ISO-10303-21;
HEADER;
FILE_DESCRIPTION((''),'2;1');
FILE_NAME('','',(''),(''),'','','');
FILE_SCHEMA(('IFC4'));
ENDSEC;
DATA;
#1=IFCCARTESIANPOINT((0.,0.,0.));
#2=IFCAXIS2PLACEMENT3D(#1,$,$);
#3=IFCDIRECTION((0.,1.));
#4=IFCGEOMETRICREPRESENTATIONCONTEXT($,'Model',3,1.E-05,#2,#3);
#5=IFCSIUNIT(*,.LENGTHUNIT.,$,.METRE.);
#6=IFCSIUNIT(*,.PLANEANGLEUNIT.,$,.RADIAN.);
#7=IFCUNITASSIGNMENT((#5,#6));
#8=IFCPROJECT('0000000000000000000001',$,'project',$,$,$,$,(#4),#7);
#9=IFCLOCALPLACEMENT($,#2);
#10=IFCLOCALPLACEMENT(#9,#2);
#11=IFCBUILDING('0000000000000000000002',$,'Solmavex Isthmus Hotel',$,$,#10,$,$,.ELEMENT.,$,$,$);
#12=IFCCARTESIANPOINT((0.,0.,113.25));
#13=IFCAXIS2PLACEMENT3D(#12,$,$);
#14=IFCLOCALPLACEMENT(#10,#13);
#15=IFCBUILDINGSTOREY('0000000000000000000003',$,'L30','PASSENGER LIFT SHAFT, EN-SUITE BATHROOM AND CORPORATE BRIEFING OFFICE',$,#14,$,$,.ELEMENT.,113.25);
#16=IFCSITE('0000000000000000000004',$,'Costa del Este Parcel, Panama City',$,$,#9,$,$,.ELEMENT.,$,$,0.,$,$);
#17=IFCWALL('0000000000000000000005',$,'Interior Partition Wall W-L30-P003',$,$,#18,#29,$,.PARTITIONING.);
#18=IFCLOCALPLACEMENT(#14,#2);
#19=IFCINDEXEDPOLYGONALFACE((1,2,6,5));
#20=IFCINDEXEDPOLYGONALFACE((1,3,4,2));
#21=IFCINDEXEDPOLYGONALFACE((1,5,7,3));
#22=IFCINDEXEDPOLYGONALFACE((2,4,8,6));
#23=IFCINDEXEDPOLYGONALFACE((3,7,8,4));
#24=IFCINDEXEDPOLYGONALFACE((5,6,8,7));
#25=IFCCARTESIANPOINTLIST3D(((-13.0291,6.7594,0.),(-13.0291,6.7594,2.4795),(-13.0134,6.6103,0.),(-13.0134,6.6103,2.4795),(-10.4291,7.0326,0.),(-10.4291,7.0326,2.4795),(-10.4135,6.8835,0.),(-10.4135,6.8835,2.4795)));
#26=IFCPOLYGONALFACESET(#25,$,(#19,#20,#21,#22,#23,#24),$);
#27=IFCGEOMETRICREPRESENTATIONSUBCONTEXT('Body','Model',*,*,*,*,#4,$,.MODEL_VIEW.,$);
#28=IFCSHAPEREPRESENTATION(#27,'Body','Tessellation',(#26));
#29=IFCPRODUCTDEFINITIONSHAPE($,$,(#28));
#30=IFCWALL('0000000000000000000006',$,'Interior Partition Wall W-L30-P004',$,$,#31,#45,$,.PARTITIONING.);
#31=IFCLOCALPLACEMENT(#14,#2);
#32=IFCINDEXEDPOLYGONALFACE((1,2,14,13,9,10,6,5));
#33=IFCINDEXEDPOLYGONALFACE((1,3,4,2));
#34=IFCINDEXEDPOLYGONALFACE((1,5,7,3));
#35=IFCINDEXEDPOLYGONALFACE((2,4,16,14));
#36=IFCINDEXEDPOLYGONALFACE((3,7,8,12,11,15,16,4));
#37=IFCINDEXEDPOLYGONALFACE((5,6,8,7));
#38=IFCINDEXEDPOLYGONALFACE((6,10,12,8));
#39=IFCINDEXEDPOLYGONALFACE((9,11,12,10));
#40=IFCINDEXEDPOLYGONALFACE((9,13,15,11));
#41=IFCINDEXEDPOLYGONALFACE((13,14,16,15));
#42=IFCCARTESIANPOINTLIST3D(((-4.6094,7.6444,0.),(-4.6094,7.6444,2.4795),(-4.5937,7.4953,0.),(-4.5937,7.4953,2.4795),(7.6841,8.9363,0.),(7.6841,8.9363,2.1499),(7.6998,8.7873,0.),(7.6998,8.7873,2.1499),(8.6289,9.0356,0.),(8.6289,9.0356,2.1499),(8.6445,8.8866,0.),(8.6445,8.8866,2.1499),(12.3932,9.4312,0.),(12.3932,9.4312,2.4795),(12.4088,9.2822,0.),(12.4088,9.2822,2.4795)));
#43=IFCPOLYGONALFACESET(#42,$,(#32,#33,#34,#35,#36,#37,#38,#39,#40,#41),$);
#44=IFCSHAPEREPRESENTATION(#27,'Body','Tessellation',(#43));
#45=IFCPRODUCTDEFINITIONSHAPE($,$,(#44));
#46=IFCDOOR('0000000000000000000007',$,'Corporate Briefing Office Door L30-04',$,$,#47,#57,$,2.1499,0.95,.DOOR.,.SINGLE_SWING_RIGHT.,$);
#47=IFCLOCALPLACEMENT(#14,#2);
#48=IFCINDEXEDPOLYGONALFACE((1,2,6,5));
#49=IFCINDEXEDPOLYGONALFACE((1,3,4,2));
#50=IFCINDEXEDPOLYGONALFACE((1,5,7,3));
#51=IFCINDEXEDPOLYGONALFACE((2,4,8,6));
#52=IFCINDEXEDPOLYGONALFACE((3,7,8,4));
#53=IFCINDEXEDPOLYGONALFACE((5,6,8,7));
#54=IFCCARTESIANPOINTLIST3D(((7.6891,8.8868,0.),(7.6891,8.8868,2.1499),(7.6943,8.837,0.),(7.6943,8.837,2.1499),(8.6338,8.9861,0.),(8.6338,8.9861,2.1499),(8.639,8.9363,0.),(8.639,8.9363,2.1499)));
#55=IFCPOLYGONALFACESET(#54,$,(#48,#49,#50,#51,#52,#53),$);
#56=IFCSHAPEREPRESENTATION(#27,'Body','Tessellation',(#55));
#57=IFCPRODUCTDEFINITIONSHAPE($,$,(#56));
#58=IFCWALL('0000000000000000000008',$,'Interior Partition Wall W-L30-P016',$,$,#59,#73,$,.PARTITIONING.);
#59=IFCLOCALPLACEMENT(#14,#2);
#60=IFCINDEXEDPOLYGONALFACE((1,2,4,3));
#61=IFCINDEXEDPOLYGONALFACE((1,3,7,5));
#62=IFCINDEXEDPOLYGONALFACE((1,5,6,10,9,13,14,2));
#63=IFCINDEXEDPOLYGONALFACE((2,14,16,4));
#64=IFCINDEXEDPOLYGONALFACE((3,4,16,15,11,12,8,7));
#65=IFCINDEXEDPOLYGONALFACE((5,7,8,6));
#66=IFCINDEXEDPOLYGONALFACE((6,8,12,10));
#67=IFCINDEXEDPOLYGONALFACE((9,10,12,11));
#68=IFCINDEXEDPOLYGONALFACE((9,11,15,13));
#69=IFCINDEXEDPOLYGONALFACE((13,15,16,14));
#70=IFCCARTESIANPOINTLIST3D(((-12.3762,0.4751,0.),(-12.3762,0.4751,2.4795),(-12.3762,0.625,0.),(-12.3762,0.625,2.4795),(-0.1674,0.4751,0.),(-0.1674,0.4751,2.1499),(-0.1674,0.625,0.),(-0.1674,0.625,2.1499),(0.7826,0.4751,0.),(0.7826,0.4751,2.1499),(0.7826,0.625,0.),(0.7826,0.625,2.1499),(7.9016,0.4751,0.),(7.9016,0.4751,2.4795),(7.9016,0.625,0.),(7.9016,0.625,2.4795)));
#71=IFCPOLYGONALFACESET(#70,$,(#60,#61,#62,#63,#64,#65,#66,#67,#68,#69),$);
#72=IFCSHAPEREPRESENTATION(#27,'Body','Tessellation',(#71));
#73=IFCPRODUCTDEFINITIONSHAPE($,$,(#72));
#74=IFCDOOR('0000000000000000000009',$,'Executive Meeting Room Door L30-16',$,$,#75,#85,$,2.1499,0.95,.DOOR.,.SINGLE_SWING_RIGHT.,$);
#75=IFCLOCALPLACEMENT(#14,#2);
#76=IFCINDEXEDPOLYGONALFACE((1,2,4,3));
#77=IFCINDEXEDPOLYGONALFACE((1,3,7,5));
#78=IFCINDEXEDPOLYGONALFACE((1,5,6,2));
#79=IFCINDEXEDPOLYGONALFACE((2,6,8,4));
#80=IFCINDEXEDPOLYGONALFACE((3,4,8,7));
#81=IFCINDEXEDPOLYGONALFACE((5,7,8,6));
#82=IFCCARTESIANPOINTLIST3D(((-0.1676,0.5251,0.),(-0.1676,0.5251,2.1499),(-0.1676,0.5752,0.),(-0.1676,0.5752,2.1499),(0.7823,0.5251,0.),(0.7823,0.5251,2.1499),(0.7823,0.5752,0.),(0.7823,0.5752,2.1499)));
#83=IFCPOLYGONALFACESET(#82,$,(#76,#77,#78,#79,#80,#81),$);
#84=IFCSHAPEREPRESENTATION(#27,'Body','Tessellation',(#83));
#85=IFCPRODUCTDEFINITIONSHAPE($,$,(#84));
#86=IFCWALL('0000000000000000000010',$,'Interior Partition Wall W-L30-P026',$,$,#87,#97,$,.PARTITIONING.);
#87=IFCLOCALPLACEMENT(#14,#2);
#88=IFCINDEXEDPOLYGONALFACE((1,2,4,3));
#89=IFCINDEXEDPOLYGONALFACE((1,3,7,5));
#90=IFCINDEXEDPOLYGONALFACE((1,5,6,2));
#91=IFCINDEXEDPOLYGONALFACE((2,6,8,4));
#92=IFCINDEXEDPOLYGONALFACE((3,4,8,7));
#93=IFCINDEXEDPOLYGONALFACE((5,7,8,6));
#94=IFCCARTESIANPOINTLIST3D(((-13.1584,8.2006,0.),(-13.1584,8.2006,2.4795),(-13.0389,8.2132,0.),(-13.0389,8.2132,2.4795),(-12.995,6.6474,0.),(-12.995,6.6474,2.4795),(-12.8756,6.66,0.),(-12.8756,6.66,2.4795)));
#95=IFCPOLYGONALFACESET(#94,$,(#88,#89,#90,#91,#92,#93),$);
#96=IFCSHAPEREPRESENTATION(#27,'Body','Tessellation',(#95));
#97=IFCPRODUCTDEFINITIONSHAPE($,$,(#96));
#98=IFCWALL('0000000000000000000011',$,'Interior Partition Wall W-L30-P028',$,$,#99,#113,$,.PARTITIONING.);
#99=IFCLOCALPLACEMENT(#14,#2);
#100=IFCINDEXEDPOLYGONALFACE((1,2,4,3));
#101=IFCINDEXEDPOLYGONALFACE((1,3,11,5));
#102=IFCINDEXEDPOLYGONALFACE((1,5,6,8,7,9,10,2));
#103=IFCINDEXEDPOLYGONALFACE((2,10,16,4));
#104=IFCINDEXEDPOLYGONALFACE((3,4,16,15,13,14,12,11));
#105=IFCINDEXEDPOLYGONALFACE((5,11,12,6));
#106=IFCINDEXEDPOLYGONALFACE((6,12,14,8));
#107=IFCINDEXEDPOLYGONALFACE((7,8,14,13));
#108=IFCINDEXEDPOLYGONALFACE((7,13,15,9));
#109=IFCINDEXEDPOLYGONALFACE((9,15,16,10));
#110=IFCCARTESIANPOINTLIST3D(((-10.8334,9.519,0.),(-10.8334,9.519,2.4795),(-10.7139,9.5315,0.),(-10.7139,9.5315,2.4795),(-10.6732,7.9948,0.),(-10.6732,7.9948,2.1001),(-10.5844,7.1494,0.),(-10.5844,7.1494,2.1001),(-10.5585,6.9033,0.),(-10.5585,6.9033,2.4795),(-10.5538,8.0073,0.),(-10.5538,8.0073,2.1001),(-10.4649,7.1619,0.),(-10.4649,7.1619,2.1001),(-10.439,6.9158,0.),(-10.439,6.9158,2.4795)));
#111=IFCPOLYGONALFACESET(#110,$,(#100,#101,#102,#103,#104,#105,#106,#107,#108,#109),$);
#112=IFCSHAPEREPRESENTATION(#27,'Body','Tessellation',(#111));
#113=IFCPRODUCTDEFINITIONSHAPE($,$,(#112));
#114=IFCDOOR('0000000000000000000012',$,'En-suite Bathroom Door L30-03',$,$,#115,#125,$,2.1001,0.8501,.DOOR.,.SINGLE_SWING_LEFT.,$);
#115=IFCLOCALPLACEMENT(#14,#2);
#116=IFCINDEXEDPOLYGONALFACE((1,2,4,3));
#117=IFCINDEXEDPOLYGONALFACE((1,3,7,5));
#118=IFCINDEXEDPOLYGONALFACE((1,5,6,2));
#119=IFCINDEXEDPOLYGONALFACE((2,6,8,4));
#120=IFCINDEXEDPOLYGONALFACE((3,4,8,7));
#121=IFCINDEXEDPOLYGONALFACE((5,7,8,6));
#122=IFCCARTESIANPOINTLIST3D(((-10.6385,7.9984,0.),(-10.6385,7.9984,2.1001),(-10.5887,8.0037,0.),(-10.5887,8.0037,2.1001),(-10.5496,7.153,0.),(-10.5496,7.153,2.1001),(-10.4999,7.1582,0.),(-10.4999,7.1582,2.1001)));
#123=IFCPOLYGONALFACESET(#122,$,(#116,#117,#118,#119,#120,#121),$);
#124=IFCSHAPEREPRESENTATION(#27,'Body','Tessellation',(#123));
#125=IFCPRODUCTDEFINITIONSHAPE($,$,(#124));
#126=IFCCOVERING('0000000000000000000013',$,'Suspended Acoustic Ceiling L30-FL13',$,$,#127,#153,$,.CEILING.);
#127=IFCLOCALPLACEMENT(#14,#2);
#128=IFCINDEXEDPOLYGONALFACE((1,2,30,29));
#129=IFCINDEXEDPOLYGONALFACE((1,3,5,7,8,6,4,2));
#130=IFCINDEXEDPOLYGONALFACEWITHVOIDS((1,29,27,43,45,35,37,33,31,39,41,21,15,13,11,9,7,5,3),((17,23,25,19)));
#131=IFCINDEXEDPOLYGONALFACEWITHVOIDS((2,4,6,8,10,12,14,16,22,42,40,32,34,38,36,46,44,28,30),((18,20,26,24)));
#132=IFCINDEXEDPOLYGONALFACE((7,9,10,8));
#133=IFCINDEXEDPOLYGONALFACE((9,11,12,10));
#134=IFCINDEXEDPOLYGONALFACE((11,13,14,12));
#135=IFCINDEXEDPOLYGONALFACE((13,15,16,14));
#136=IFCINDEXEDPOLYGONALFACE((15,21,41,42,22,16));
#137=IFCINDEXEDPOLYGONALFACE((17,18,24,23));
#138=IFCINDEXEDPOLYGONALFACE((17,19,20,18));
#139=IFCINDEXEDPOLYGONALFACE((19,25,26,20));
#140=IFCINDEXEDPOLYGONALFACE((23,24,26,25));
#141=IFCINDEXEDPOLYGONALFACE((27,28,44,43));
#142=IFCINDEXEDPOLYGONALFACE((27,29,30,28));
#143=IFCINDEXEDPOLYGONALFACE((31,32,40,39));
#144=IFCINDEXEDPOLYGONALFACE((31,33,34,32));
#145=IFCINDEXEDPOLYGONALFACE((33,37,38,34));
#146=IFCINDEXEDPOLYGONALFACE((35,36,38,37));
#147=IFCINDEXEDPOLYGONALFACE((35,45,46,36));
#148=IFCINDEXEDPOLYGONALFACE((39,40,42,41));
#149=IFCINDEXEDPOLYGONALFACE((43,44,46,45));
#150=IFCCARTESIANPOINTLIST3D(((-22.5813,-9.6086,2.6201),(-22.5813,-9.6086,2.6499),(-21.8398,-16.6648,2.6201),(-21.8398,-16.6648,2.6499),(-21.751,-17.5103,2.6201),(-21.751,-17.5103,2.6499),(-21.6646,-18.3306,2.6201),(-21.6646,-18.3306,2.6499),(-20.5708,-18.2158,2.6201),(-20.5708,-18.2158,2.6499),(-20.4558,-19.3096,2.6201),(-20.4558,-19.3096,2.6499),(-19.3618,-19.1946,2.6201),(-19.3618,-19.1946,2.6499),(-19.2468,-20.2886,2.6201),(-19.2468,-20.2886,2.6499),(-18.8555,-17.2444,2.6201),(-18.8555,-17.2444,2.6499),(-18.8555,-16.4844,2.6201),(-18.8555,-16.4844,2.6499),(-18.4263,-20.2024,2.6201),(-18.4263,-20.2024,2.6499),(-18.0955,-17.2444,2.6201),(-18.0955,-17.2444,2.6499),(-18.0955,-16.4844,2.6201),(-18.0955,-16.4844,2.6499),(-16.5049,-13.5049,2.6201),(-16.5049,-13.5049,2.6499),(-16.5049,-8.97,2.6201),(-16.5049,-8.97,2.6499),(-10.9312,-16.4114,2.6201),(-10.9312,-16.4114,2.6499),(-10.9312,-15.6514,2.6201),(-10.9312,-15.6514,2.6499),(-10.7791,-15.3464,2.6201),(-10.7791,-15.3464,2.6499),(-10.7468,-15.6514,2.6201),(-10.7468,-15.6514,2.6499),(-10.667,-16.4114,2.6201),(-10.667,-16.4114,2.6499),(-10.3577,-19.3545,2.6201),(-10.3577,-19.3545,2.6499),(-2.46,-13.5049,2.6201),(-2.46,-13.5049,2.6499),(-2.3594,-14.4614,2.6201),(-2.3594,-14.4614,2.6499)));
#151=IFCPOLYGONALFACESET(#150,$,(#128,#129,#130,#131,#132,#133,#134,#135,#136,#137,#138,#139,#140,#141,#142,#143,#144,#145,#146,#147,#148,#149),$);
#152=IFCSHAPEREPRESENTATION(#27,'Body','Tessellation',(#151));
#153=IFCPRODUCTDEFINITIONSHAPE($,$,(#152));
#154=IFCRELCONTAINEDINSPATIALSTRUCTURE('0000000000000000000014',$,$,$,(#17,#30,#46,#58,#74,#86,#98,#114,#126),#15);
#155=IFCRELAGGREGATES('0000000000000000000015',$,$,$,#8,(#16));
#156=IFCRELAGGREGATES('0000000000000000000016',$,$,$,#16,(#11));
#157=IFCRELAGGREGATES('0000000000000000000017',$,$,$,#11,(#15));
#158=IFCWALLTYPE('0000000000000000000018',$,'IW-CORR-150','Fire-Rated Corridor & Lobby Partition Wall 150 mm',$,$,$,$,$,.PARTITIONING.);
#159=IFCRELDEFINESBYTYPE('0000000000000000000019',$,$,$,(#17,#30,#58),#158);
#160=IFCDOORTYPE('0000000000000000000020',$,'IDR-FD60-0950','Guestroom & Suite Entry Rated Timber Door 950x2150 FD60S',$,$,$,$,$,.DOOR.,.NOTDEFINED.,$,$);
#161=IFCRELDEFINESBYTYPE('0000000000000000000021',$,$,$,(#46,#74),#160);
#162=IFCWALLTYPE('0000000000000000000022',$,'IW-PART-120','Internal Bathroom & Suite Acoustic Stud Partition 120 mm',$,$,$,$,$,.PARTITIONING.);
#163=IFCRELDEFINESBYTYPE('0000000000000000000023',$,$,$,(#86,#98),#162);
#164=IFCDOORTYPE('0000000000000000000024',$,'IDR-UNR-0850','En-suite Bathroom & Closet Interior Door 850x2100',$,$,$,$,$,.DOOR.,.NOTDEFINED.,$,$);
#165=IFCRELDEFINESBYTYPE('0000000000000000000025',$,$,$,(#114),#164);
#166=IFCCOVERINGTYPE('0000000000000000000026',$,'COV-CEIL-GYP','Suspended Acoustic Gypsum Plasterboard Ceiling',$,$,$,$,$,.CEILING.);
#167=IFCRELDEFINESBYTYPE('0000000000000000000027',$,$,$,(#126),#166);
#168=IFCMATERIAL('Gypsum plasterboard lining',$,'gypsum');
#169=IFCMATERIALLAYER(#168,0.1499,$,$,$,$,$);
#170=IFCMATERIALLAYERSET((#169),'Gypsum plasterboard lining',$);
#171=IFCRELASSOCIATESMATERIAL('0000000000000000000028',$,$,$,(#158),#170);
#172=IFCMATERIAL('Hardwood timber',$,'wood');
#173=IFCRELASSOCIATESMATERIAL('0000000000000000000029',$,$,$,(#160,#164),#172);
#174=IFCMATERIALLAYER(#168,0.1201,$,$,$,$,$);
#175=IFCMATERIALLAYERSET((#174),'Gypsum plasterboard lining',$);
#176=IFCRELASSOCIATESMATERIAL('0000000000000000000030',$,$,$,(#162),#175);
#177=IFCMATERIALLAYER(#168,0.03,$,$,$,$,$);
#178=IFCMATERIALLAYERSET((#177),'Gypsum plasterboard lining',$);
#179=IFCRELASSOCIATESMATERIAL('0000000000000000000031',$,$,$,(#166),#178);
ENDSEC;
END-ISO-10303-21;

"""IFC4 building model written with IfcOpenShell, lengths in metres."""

from ifc_helpers import new_model, si_unit, direction, frame, frame_2d, origin, place, context, subcontext, project, spatial, polyline, rectangle, outline, extrude, material, layer, layer_set, type_object, element, fill, save


model = new_model("IFC4")

# Units and contexts
model_context = context("Model", 3, precision=1e-05, world=origin(), true_north=direction((0.0, 1.0)))
body_context = subcontext(model_context, "Body", "Model", "MODEL_VIEW")
ifc_project = project(units=[si_unit("LENGTHUNIT", "METRE"), si_unit("PLANEANGLEUNIT", "RADIAN")], contexts=[model_context])

# Site, building, storey
site_placement = place(None, origin())
site = spatial("IfcSite", under=ifc_project, at=site_placement, Name="Costa del Este Parcel, Panama City", CompositionType="ELEMENT", RefElevation=0.0)
building_placement = place(site_placement, origin())
building = spatial("IfcBuilding", under=site, at=building_placement, Name="Solmavex Isthmus Hotel", CompositionType="ELEMENT")
storey_placement = place(building_placement, frame((0.0, 0.0, 113.25)))
storey = spatial("IfcBuildingStorey", under=building, at=storey_placement, Name="L30", Description="PASSENGER LIFT SHAFT, EN-SUITE BATHROOM AND CORPORATE BRIEFING OFFICE", CompositionType="ELEMENT", Elevation=113.25)

# Shared definitions
ifc_material_1 = material(Name="Gypsum plasterboard lining", Category="gypsum")

# Shared definitions
ifc_layer_1 = layer(ifc_material_1, 0.1499)
ifc_layer_set_1 = layer_set([ifc_layer_1], Name="Gypsum plasterboard lining")
wall_type_1 = type_object("IfcWallType", Name="IW-CORR-150", Description="Fire-Rated Corridor & Lobby Partition Wall 150 mm", PredefinedType="PARTITIONING", material=ifc_layer_set_1)
ifc_material_2 = material(Name="Hardwood timber", Category="wood")
door_type_1 = type_object("IfcDoorType", Name="IDR-FD60-0950", Description="Guestroom & Suite Entry Rated Timber Door 950x2150 FD60S", OperationType="NOTDEFINED", PredefinedType="DOOR", material=ifc_material_2)

# Wall
wall_1_placement = place(storey_placement, frame((-13.0212, 6.6848, 0.0), z_axis=(0.0, 0.0, 1.0), x_axis=(0.994524, 0.104505, 0.0)))
element("IfcWall", 1, at=wall_1_placement, inside=storey, type_object=wall_type_1, Name="Interior Partition Wall W-L30-P003", PredefinedType="PARTITIONING", context=body_context, shape_type="SweptSolid", body=[
    extrude(rectangle(XDim=2.6143, YDim=0.1499, at=frame_2d((1.3071, 0.0))), origin(), (0.0, 0.0, 1.0), 2.4795),
])

# Walls, openings, doors
wall_2_placement = place(storey_placement, frame((-4.6016, 7.5698, 0.0), z_axis=(0.0, 0.0, 1.0), x_axis=(0.994523, 0.104519, 0.0)))
wall_2 = element("IfcWall", 2, at=wall_2_placement, inside=storey, type_object=wall_type_1, Name="Interior Partition Wall W-L30-P004", PredefinedType="PARTITIONING", context=body_context, shape_type="SweptSolid", body=[
    extrude(rectangle(XDim=17.0962, YDim=0.1499, at=frame_2d((8.5481, 0.0))), origin(), (0.0, 0.0, 1.0), 2.4795),
])
opening_1_placement = place(wall_2_placement, frame((12.3611, 0.0, 0.0)))
opening_1 = element("IfcOpeningElement", 3, at=opening_1_placement, cuts=wall_2, PredefinedType="OPENING", context=body_context, shape_type="SweptSolid", body=[
    extrude(rectangle(XDim=0.95, YDim=2.1499, at=frame_2d((0.4751, 1.075))), frame((0.0, 0.085, 0.0), z_axis=(0.0, -1.0, 0.0), x_axis=(1.0, 0.0, 0.0)), (0.0, 0.0, 1.0), 0.1699),
])
door_1_placement = place(opening_1_placement, frame((0.95, 0.0, 0.0), z_axis=(0.0, 0.0, 1.0), x_axis=(-1.0, 0.0, 0.0)))
door_1 = element("IfcDoor", 4, at=door_1_placement, inside=storey, type_object=door_type_1, Name="Corporate Briefing Office Door L30-04", OperationType="SINGLE_SWING_RIGHT", OverallHeight=2.1499, OverallWidth=0.95, PredefinedType="DOOR", context=body_context, shape_type="SweptSolid", body=[
    extrude(rectangle(XDim=0.95, YDim=2.1499, at=frame_2d((0.4751, 1.075))), frame((0.0, 0.0249, 0.0), z_axis=(0.0, -1.0, 0.0), x_axis=(1.0, 0.0, 0.0)), (0.0, 0.0, 1.0), 0.05),
])
fill(opening_1, door_1)
wall_3_placement = place(storey_placement, frame((-12.3762, 0.55, 0.0), z_axis=(0.0, 0.0, 1.0), x_axis=(1.0, 0.0, 0.0)))
wall_3 = element("IfcWall", 5, at=wall_3_placement, inside=storey, type_object=wall_type_1, Name="Interior Partition Wall W-L30-P016", PredefinedType="PARTITIONING", context=body_context, shape_type="SweptSolid", body=[
    extrude(rectangle(XDim=20.2778, YDim=0.1499, at=frame_2d((10.1389, 0.0))), origin(), (0.0, 0.0, 1.0), 2.4795),
])
opening_2_placement = place(wall_3_placement, frame((12.2087, 0.0, 0.0)))
opening_2 = element("IfcOpeningElement", 6, at=opening_2_placement, cuts=wall_3, PredefinedType="OPENING", context=body_context, shape_type="SweptSolid", body=[
    extrude(rectangle(XDim=0.95, YDim=2.1499, at=frame_2d((0.4751, 1.075))), frame((0.0, 0.085, 0.0), z_axis=(0.0, -1.0, 0.0), x_axis=(1.0, 0.0, 0.0)), (0.0, 0.0, 1.0), 0.1699),
])
door_2_placement = place(opening_2_placement, frame((0.95, 0.0, 0.0), z_axis=(0.0, 0.0, 1.0), x_axis=(-1.0, 0.0, 0.0)))
door_2 = element("IfcDoor", 7, at=door_2_placement, inside=storey, type_object=door_type_1, Name="Executive Meeting Room Door L30-16", OperationType="SINGLE_SWING_RIGHT", OverallHeight=2.1499, OverallWidth=0.95, PredefinedType="DOOR", context=body_context, shape_type="SweptSolid", body=[
    extrude(rectangle(XDim=0.95, YDim=2.1499, at=frame_2d((0.4751, 1.075))), frame((0.0, 0.0249, 0.0), z_axis=(0.0, -1.0, 0.0), x_axis=(1.0, 0.0, 0.0)), (0.0, 0.0, 1.0), 0.05),
])
fill(opening_2, door_2)

# Wall
ifc_layer_2 = layer(ifc_material_1, 0.1201)
ifc_layer_set_2 = layer_set([ifc_layer_2], Name="Gypsum plasterboard lining")
wall_type_2 = type_object("IfcWallType", Name="IW-PART-120", Description="Internal Bathroom & Suite Acoustic Stud Partition 120 mm", PredefinedType="PARTITIONING", material=ifc_layer_set_2)
wall_4_placement = place(storey_placement, frame((-13.0986, 8.2068, 0.0), z_axis=(0.0, 0.0, 1.0), x_axis=(0.104579, -0.994517, 0.0)))
element("IfcWall", 8, at=wall_4_placement, inside=storey, type_object=wall_type_2, Name="Interior Partition Wall W-L30-P026", PredefinedType="PARTITIONING", context=body_context, shape_type="SweptSolid", body=[
    extrude(rectangle(XDim=1.5618, YDim=0.1201, at=frame_2d((0.7808, 0.0))), origin(), (0.0, 0.0, 1.0), 2.4795),
])

# Wall, opening, door
wall_5_placement = place(storey_placement, frame((-10.4988, 6.9097, 0.0), z_axis=(0.0, 0.0, 1.0), x_axis=(-0.10452, 0.994523, 0.0)))
wall_5 = element("IfcWall", 9, at=wall_5_placement, inside=storey, type_object=wall_type_2, Name="Interior Partition Wall W-L30-P028", PredefinedType="PARTITIONING", context=body_context, shape_type="SweptSolid", body=[
    extrude(rectangle(XDim=2.6301, YDim=0.1201, at=frame_2d((1.3149, 0.0))), origin(), (0.0, 0.0, 1.0), 2.4795),
])
opening_3_placement = place(wall_5_placement, frame((0.2473, 0.0, 0.0)))
opening_3 = element("IfcOpeningElement", 10, at=opening_3_placement, cuts=wall_5, PredefinedType="OPENING", context=body_context, shape_type="SweptSolid", body=[
    extrude(rectangle(XDim=0.8501, YDim=2.1001, at=frame_2d((0.425, 1.05))), frame((0.0, 0.0701, 0.0), z_axis=(0.0, -1.0, 0.0), x_axis=(1.0, 0.0, 0.0)), (0.0, 0.0, 1.0), 0.1401),
])
door_type_2 = type_object("IfcDoorType", Name="IDR-UNR-0850", Description="En-suite Bathroom & Closet Interior Door 850x2100", OperationType="NOTDEFINED", PredefinedType="DOOR", material=ifc_material_2)
door_3_placement = place(opening_3_placement, frame((0.8501, 0.0, 0.0), z_axis=(0.0, 0.0, 1.0), x_axis=(-1.0, 0.0, 0.0)))
door_3 = element("IfcDoor", 11, at=door_3_placement, inside=storey, type_object=door_type_2, Name="En-suite Bathroom Door L30-03", OperationType="SINGLE_SWING_LEFT", OverallHeight=2.1001, OverallWidth=0.8501, PredefinedType="DOOR", context=body_context, shape_type="SweptSolid", body=[
    extrude(rectangle(XDim=0.8501, YDim=2.1001, at=frame_2d((0.425, 1.05))), frame((0.0, 0.0249, 0.0), z_axis=(0.0, -1.0, 0.0), x_axis=(1.0, 0.0, 0.0)), (0.0, 0.0, 1.0), 0.05),
])
fill(opening_3, door_3)

# Covering
ifc_layer_3 = layer(ifc_material_1, 0.03)
ifc_layer_set_3 = layer_set([ifc_layer_3], Name="Gypsum plasterboard lining")
covering_type_1 = type_object("IfcCoveringType", Name="COV-CEIL-GYP", Description="Suspended Acoustic Gypsum Plasterboard Ceiling", PredefinedType="CEILING", material=ifc_layer_set_3)
covering_1_placement = place(storey_placement, frame((0.0, 0.0, 2.6201)))
element("IfcCovering", 12, at=covering_1_placement, inside=storey, type_object=covering_type_1, Name="Suspended Acoustic Ceiling L30-FL13", PredefinedType="CEILING", context=body_context, shape_type="SweptSolid", body=[
    extrude(outline(polyline([(-10.667, -16.4114), (-10.9312, -16.4114), (-10.9312, -15.6514), (-10.7468, -15.6514), (-10.7791, -15.3464), (-2.3594, -14.4614), (-2.46, -13.5049), (-16.5049, -13.5049), (-16.5049, -8.97), (-22.5813, -9.6086), (-21.8398, -16.6648), (-21.751, -17.5103), (-21.6646, -18.3306), (-20.5708, -18.2158), (-20.4558, -19.3096), (-19.3618, -19.1946), (-19.2468, -20.2886), (-18.4263, -20.2024), (-10.3577, -19.3545), (-10.667, -16.4114)]), holes=[polyline([(-18.8555, -17.2444), (-18.8555, -16.4844), (-18.0955, -16.4844), (-18.0955, -17.2444), (-18.8555, -17.2444)])]), origin(), (0.0, 0.0, 1.0), 0.0298),
])

save(model, "model.ifc")
